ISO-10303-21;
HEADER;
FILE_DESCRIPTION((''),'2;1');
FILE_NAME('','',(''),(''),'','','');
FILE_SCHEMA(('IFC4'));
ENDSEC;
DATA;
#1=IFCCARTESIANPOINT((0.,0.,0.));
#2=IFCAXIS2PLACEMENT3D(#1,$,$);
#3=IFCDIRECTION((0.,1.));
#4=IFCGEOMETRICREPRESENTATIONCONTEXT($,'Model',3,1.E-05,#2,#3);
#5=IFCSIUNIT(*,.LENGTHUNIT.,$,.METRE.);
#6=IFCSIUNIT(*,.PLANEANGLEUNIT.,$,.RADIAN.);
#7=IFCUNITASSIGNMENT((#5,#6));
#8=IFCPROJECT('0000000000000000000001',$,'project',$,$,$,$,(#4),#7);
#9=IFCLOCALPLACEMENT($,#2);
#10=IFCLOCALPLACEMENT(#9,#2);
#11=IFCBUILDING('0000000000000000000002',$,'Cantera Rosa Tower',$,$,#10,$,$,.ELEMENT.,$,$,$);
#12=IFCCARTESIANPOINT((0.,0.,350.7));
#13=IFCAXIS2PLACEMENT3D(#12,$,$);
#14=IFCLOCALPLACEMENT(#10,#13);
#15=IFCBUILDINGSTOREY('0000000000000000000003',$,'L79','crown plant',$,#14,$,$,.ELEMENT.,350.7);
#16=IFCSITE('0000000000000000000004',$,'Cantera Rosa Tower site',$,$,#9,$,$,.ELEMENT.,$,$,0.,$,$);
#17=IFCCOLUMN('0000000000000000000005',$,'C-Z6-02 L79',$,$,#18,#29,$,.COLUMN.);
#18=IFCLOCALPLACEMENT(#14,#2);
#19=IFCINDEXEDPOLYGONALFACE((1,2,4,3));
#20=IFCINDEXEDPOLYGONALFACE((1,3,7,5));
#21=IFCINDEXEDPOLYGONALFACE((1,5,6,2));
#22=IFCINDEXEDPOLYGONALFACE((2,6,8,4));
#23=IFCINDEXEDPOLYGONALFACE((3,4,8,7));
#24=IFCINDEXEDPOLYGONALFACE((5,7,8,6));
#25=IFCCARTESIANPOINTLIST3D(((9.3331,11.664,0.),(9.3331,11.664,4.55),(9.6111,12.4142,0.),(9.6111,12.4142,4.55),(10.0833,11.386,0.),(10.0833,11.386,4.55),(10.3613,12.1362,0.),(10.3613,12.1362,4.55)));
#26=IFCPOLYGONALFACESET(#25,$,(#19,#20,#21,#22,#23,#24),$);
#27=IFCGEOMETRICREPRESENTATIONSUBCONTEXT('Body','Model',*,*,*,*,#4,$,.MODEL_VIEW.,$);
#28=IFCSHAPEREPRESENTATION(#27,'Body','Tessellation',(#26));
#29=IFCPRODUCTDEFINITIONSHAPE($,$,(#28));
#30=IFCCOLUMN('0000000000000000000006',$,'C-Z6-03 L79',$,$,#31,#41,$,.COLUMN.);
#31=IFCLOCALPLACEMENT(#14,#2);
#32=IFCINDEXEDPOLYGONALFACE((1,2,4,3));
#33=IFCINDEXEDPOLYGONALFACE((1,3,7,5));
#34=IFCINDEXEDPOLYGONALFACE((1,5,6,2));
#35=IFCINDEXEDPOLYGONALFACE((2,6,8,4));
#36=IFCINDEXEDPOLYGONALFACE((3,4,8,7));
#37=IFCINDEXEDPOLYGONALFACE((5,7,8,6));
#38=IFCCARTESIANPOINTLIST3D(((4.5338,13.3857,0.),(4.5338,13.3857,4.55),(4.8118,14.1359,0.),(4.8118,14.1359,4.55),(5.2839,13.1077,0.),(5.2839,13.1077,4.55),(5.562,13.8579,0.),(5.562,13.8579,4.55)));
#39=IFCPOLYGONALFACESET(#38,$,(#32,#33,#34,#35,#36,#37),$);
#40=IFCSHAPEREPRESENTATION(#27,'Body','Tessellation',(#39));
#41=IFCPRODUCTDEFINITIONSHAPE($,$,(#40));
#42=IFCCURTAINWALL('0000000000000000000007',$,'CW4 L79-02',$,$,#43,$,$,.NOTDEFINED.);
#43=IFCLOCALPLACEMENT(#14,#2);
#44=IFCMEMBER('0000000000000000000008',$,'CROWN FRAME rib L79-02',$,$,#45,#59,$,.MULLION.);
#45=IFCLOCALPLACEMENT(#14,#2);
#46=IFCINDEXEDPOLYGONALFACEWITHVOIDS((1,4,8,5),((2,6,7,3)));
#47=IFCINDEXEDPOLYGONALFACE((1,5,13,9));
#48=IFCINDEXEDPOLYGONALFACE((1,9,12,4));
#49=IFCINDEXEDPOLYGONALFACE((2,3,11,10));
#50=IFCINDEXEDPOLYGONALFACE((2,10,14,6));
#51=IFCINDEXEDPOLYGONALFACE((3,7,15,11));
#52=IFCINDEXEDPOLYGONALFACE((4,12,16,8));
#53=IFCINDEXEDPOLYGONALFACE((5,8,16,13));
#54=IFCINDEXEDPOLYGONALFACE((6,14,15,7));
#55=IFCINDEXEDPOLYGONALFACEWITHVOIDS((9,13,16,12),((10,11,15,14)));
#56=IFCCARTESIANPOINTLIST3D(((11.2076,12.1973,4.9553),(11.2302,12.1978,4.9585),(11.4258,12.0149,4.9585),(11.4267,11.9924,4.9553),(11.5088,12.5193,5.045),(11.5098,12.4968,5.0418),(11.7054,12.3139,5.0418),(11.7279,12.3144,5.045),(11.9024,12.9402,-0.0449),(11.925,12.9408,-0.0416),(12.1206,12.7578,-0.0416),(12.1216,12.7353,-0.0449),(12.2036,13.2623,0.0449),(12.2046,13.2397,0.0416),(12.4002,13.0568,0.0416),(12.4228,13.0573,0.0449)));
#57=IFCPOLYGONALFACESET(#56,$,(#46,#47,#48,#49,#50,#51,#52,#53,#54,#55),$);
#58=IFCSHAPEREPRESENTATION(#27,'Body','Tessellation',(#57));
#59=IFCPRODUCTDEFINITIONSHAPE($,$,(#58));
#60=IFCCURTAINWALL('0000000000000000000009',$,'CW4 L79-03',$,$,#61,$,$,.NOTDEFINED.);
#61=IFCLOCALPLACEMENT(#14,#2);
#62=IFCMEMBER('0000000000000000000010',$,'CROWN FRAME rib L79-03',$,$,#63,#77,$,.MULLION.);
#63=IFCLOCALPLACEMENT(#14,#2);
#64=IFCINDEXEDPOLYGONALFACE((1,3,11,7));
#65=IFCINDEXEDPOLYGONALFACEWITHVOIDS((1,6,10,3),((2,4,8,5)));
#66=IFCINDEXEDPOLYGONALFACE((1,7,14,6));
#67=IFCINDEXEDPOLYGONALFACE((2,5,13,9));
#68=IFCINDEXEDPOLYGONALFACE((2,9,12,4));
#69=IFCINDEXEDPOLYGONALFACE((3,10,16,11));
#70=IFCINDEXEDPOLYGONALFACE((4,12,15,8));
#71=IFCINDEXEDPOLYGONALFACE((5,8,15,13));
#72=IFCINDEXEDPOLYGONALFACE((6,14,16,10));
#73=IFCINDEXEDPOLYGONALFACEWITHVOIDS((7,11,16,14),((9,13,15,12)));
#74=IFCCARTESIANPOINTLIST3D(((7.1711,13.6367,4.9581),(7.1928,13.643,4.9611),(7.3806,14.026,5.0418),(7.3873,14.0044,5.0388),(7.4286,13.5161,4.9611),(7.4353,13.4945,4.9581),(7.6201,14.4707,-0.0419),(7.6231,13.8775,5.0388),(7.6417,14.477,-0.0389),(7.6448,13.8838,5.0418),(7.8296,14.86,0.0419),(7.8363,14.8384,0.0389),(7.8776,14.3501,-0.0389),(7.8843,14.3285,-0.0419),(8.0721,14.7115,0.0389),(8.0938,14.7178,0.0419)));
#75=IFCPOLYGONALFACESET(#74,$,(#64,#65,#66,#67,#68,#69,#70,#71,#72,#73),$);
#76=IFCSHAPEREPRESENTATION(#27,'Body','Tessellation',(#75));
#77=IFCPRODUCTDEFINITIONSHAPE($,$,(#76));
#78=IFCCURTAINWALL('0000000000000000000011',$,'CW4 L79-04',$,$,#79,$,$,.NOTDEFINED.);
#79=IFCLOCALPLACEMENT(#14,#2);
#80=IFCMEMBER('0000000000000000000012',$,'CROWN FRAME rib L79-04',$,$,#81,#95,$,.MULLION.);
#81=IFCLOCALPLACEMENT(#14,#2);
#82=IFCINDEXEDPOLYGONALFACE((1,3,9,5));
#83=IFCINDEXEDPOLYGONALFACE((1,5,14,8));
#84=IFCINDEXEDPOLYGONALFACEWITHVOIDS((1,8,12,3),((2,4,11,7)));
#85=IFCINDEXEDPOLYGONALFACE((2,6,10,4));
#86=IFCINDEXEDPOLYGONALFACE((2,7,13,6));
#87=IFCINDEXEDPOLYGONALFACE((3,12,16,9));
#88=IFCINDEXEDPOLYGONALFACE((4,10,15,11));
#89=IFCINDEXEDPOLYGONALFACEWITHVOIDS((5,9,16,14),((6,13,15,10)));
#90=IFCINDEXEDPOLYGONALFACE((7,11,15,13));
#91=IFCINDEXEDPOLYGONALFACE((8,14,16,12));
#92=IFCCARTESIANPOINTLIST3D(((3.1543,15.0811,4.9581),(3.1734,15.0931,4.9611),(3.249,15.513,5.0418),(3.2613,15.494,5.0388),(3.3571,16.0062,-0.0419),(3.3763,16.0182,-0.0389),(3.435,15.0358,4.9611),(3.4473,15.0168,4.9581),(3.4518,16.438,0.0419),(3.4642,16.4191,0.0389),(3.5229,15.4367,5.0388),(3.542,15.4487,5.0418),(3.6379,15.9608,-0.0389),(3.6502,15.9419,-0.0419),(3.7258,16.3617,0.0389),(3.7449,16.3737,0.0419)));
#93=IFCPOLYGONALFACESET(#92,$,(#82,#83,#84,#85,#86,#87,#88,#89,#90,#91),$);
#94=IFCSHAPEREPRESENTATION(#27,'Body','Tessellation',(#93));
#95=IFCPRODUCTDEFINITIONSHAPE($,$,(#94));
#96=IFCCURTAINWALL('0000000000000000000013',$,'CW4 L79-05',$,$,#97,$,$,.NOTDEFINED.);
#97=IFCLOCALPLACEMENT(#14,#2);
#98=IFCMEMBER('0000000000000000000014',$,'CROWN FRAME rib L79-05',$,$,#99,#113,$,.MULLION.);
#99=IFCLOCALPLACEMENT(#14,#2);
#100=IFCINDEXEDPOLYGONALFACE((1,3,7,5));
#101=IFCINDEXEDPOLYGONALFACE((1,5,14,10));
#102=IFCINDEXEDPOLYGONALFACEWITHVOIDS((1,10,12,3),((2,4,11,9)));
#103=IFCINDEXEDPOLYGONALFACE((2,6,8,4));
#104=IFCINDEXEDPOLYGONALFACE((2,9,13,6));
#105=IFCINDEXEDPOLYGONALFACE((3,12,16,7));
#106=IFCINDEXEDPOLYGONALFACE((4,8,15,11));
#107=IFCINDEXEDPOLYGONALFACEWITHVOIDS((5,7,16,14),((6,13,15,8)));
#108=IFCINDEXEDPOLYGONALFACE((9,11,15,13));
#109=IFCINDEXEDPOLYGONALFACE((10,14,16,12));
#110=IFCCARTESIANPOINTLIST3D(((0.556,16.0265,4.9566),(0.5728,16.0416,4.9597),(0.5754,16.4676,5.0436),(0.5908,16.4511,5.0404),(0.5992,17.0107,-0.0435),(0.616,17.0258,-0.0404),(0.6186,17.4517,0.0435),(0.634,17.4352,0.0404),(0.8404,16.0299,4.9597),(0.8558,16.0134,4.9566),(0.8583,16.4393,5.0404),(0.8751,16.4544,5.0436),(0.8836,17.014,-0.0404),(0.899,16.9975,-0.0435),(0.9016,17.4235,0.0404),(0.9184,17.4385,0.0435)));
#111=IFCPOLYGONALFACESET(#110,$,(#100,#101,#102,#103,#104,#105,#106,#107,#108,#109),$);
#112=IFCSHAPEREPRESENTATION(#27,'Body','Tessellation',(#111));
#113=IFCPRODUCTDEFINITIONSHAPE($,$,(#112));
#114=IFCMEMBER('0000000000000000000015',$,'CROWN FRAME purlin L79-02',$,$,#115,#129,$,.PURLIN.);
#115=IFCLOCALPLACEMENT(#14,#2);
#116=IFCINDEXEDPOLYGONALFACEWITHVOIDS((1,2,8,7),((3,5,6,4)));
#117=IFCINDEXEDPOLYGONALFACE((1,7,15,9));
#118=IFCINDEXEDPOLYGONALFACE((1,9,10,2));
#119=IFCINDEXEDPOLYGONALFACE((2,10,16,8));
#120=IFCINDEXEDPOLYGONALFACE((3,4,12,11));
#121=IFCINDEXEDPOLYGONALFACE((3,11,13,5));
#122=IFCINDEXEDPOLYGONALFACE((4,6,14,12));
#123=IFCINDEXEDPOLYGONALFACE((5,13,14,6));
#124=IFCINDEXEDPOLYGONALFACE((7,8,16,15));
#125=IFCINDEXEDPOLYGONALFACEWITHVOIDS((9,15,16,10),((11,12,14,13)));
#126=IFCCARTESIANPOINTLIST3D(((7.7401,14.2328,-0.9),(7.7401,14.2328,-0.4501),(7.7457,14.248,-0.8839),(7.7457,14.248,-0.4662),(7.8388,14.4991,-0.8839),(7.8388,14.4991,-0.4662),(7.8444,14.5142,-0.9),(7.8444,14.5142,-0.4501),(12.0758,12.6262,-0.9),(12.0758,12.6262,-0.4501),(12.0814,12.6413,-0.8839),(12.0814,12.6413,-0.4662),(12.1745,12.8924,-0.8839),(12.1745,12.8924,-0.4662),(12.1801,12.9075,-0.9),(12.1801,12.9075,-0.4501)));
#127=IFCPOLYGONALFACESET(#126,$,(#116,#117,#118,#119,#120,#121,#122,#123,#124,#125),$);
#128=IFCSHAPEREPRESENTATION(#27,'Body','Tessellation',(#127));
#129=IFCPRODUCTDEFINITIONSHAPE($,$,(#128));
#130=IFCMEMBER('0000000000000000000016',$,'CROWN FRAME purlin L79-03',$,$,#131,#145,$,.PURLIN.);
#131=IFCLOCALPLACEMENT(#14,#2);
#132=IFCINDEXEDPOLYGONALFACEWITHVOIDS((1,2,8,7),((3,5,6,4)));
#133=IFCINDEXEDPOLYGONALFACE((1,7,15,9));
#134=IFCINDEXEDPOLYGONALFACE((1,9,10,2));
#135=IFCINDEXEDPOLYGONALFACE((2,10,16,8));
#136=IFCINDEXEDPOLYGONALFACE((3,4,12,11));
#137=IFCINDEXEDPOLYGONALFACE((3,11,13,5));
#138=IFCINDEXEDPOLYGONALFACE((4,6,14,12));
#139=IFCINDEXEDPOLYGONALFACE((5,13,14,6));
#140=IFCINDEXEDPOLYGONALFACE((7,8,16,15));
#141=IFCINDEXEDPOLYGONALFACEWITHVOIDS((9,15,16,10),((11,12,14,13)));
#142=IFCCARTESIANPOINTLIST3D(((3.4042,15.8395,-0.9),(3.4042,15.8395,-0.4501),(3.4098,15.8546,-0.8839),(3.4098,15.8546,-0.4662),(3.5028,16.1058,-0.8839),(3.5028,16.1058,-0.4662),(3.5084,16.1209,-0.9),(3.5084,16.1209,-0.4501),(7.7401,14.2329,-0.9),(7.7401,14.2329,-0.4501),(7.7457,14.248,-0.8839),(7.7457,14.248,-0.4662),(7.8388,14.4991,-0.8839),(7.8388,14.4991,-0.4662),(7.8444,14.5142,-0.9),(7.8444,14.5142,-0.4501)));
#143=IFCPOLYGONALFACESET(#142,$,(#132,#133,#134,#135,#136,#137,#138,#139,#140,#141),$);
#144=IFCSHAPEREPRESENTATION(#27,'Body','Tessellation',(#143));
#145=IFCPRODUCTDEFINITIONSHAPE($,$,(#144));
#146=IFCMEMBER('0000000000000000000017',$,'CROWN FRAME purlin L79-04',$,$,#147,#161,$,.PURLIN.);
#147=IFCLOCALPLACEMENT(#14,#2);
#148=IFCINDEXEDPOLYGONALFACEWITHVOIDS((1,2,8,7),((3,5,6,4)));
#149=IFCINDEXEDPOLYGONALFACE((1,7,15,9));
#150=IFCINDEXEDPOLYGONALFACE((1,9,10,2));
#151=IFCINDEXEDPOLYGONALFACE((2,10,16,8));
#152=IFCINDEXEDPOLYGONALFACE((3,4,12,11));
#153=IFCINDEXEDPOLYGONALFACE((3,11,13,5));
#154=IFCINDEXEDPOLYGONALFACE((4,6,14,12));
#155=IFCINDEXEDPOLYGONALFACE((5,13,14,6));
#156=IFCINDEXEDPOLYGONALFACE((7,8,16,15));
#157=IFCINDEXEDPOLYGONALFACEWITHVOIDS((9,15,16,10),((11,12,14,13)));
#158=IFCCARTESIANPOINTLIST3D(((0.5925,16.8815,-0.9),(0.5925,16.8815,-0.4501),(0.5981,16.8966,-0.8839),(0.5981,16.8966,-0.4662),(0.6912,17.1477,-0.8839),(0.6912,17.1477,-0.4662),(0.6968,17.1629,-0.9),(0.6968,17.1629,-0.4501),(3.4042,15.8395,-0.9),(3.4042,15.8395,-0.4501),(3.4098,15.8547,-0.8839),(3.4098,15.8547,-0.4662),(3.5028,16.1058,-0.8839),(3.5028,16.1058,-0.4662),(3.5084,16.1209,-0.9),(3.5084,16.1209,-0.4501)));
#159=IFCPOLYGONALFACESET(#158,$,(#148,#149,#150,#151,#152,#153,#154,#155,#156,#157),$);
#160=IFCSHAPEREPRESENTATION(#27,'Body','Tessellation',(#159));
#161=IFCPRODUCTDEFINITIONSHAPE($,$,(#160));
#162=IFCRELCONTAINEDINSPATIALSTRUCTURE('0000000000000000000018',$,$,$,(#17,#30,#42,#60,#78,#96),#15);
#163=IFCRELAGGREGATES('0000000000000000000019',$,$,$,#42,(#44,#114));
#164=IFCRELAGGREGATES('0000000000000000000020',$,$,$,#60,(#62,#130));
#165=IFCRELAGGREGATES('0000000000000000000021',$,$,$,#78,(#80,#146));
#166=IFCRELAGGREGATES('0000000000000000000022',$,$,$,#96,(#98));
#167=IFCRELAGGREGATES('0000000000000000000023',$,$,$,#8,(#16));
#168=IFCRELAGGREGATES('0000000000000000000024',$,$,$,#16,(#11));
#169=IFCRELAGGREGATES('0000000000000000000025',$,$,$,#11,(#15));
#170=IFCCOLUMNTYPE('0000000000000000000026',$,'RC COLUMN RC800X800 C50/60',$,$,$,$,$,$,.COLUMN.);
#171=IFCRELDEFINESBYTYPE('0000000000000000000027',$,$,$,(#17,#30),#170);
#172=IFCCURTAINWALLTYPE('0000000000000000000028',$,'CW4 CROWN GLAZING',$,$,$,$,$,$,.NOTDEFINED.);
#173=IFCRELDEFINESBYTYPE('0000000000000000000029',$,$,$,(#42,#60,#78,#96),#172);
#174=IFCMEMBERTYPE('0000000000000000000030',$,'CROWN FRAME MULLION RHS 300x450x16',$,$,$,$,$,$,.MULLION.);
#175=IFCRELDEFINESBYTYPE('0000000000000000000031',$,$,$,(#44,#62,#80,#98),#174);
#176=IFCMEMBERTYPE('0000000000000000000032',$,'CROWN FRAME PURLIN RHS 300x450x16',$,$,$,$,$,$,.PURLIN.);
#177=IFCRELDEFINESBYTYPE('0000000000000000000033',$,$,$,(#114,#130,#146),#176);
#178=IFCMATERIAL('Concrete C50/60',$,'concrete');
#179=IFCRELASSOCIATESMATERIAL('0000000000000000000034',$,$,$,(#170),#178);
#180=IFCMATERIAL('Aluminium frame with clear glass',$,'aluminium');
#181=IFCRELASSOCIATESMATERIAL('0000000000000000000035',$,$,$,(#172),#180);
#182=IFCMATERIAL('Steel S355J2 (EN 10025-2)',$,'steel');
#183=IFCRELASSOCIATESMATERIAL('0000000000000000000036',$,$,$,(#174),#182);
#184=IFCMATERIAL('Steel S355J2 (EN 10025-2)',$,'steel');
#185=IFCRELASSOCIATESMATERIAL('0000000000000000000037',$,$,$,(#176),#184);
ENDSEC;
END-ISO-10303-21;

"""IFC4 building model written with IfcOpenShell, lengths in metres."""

from ifc_helpers import new_model, si_unit, direction, frame, origin, origin_2d, place, context, subcontext, project, spatial, rectangle, hollow_rectangle, extrude, material, material_profile, profile_set, type_object, element, aggregate, save


model = new_model("IFC4")

# Units and contexts
model_context = context("Model", 3, precision=1e-05, world=origin(), true_north=direction((0.0, 1.0)))
body_context = subcontext(model_context, "Body", "Model", "MODEL_VIEW")
ifc_project = project(units=[si_unit("LENGTHUNIT", "METRE"), si_unit("PLANEANGLEUNIT", "RADIAN")], contexts=[model_context])

# Site, building, storey
site_placement = place(None, origin())
site = spatial("IfcSite", under=ifc_project, at=site_placement, Name="Cantera Rosa Tower site", CompositionType="ELEMENT", RefElevation=0.0)
building_placement = place(site_placement, origin())
building = spatial("IfcBuilding", under=site, at=building_placement, Name="Cantera Rosa Tower", CompositionType="ELEMENT")
storey_placement = place(building_placement, frame((0.0, 0.0, 350.7)))
storey = spatial("IfcBuildingStorey", under=building, at=storey_placement, Name="L79", Description="crown plant", CompositionType="ELEMENT", Elevation=350.7)

# Columns
ifc_material_1 = material(Name="Concrete C50/60", Category="concrete")
ifc_material_profile_1 = material_profile(ifc_material_1, rectangle(XDim=0.8, YDim=0.8, at=origin_2d()), Name="RC COLUMN RC800X800 C50/60")
ifc_profile_set_1 = profile_set([ifc_material_profile_1], Name="Concrete C50/60")
column_type = type_object("IfcColumnType", Name="RC COLUMN RC800X800 C50/60", PredefinedType="COLUMN", material=ifc_profile_set_1)
for number, where, z_axis, x_axis, name in (
    (1, (9.8472, 11.9001, 0.0), (0.0, 0.0, 1.0), (0.347481, 0.937687, 0.0), "C-Z6-02 L79"),
    (2, (5.0479, 13.6218, 0.0), (0.0, 0.0, 1.0), (0.347481, 0.937687, 0.0), "C-Z6-03 L79"),
):
    element("IfcColumn", number, at=place(storey_placement, frame(where, z_axis=z_axis, x_axis=x_axis)), inside=storey, type_object=column_type, Name=name, PredefinedType="COLUMN", context=body_context, shape_type="SweptSolid", body=[
        extrude(rectangle(XDim=0.8, YDim=0.8, at=origin_2d()), origin(), (0.0, 0.0, 1.0), 4.55),
    ])

# Curtain walls, members
ifc_material_2 = material(Name="Aluminium frame with clear glass", Category="aluminium")
curtain_wall_type = type_object("IfcCurtainWallType", Name="CW4 CROWN GLAZING", PredefinedType="NOTDEFINED", material=ifc_material_2)
curtain_wall_1_placement = place(storey_placement, origin())
curtain_wall_1 = element("IfcCurtainWall", 3, at=curtain_wall_1_placement, inside=storey, type_object=curtain_wall_type, Name="CW4 L79-02", PredefinedType="NOTDEFINED")
ifc_material_3 = material(Name="Steel S355J2 (EN 10025-2)", Category="steel")
ifc_material_profile_2 = material_profile(ifc_material_3, hollow_rectangle(XDim=0.3, YDim=0.45, WallThickness=0.0161, at=origin_2d()), Name="CROWN FRAME MULLION RHS 300x450x16")
ifc_profile_set_2 = profile_set([ifc_material_profile_2], Name="Steel S355J2 (EN 10025-2)")
member_type_1 = type_object("IfcMemberType", Name="CROWN FRAME MULLION RHS 300x450x16", PredefinedType="MULLION", material=ifc_profile_set_2)
member_1_placement = place(storey_placement, frame((12.1626, 12.9988, 0.0), z_axis=(-0.136175, -0.145601, 0.979927), x_axis=(0.730353, -0.68307, 0.0)))
member_1 = element("IfcMember", 4, at=member_1_placement, type_object=member_type_1, Name="CROWN FRAME rib L79-02", PredefinedType="MULLION", context=body_context, shape_type="SweptSolid", body=[
    extrude(hollow_rectangle(XDim=0.3, YDim=0.45, WallThickness=0.0161, at=origin_2d()), origin(), (0.0, 0.0, 1.0), 5.1025),
])
curtain_wall_2_placement = place(storey_placement, origin())
curtain_wall_2 = element("IfcCurtainWall", 5, at=curtain_wall_2_placement, inside=storey, type_object=curtain_wall_type, Name="CW4 L79-03", PredefinedType="NOTDEFINED")
member_2_placement = place(storey_placement, frame((7.8569, 14.5942, 0.0), z_axis=(-0.088226, -0.163882, 0.982527), x_axis=(0.880512, -0.474023, 0.0)))
member_2 = element("IfcMember", 6, at=member_2_placement, type_object=member_type_1, Name="CROWN FRAME rib L79-03", PredefinedType="MULLION", context=body_context, shape_type="SweptSolid", body=[
    extrude(hollow_rectangle(XDim=0.3, YDim=0.45, WallThickness=0.0161, at=origin_2d()), origin(), (0.0, 0.0, 1.0), 5.0889),
])
curtain_wall_3_placement = place(storey_placement, origin())
curtain_wall_3 = element("IfcCurtainWall", 7, at=curtain_wall_3_placement, inside=storey, type_object=curtain_wall_type, Name="CW4 L79-04", PredefinedType="NOTDEFINED")
member_3_placement = place(storey_placement, frame((3.551, 16.1899, 0.0), z_axis=(-0.039867, -0.181778, 0.982531), x_axis=(0.976784, -0.214227, 0.0)))
member_3 = element("IfcMember", 8, at=member_3_placement, type_object=member_type_1, Name="CROWN FRAME rib L79-04", PredefinedType="MULLION", context=body_context, shape_type="SweptSolid", body=[
    extrude(hollow_rectangle(XDim=0.3, YDim=0.45, WallThickness=0.0161, at=origin_2d()), origin(), (0.0, 0.0, 1.0), 5.0889),
])
curtain_wall_4_placement = place(storey_placement, origin())
curtain_wall_4 = element("IfcCurtainWall", 9, at=curtain_wall_4_placement, inside=storey, type_object=curtain_wall_type, Name="CW4 L79-05", PredefinedType="NOTDEFINED")
member_4_placement = place(storey_placement, frame((0.7588, 17.2246, 0.0), z_axis=(-0.00848, -0.193114, 0.98114), x_axis=(0.999037, -0.043867, 0.0)))
member_4 = element("IfcMember", 10, at=member_4_placement, type_object=member_type_1, Name="CROWN FRAME rib L79-05", PredefinedType="MULLION", context=body_context, shape_type="SweptSolid", body=[
    extrude(hollow_rectangle(XDim=0.3, YDim=0.45, WallThickness=0.0161, at=origin_2d()), origin(), (0.0, 0.0, 1.0), 5.0962),
])

# Members
ifc_material_4 = material(Name="Steel S355J2 (EN 10025-2)", Category="steel")
ifc_material_profile_3 = material_profile(ifc_material_4, hollow_rectangle(XDim=0.3, YDim=0.45, WallThickness=0.0161, at=origin_2d()), Name="CROWN FRAME PURLIN RHS 300x450x16")
ifc_profile_set_3 = profile_set([ifc_material_profile_3], Name="Steel S355J2 (EN 10025-2)")
member_type_2 = type_object("IfcMemberType", Name="CROWN FRAME PURLIN RHS 300x450x16", PredefinedType="PURLIN", material=ifc_profile_set_3)
member_5_placement = place(storey_placement, frame((12.1279, 12.7668, -0.675), z_axis=(-0.937687, 0.347481, 0.0), x_axis=(-0.347481, -0.937687, 0.0)))
member_5 = element("IfcMember", 11, at=member_5_placement, type_object=member_type_2, Name="CROWN FRAME purlin L79-02", PredefinedType="PURLIN", context=body_context, shape_type="SweptSolid", body=[
    extrude(hollow_rectangle(XDim=0.3, YDim=0.45, WallThickness=0.0161, at=origin_2d()), origin(), (0.0, 0.0, 1.0), 4.6238),
])
member_6_placement = place(storey_placement, frame((7.7922, 14.3735, -0.675), z_axis=(-0.937693, 0.347464, 0.0), x_axis=(-0.347464, -0.937693, 0.0)))
member_6 = element("IfcMember", 12, at=member_6_placement, type_object=member_type_2, Name="CROWN FRAME purlin L79-03", PredefinedType="PURLIN", context=body_context, shape_type="SweptSolid", body=[
    extrude(hollow_rectangle(XDim=0.3, YDim=0.45, WallThickness=0.0161, at=origin_2d()), origin(), (0.0, 0.0, 1.0), 4.624),
])
member_7_placement = place(storey_placement, frame((3.4563, 15.9802, -0.675), z_axis=(-0.937684, 0.347489, 0.0), x_axis=(-0.347489, -0.937684, 0.0)))
member_7 = element("IfcMember", 13, at=member_7_placement, type_object=member_type_2, Name="CROWN FRAME purlin L79-04", PredefinedType="PURLIN", context=body_context, shape_type="SweptSolid", body=[
    extrude(hollow_rectangle(XDim=0.3, YDim=0.45, WallThickness=0.0161, at=origin_2d()), origin(), (0.0, 0.0, 1.0), 2.9985),
])

aggregate(curtain_wall_1, [member_1, member_5])
aggregate(curtain_wall_2, [member_2, member_6])
aggregate(curtain_wall_3, [member_3, member_7])
aggregate(curtain_wall_4, [member_4])

save(model, "model.ifc")
